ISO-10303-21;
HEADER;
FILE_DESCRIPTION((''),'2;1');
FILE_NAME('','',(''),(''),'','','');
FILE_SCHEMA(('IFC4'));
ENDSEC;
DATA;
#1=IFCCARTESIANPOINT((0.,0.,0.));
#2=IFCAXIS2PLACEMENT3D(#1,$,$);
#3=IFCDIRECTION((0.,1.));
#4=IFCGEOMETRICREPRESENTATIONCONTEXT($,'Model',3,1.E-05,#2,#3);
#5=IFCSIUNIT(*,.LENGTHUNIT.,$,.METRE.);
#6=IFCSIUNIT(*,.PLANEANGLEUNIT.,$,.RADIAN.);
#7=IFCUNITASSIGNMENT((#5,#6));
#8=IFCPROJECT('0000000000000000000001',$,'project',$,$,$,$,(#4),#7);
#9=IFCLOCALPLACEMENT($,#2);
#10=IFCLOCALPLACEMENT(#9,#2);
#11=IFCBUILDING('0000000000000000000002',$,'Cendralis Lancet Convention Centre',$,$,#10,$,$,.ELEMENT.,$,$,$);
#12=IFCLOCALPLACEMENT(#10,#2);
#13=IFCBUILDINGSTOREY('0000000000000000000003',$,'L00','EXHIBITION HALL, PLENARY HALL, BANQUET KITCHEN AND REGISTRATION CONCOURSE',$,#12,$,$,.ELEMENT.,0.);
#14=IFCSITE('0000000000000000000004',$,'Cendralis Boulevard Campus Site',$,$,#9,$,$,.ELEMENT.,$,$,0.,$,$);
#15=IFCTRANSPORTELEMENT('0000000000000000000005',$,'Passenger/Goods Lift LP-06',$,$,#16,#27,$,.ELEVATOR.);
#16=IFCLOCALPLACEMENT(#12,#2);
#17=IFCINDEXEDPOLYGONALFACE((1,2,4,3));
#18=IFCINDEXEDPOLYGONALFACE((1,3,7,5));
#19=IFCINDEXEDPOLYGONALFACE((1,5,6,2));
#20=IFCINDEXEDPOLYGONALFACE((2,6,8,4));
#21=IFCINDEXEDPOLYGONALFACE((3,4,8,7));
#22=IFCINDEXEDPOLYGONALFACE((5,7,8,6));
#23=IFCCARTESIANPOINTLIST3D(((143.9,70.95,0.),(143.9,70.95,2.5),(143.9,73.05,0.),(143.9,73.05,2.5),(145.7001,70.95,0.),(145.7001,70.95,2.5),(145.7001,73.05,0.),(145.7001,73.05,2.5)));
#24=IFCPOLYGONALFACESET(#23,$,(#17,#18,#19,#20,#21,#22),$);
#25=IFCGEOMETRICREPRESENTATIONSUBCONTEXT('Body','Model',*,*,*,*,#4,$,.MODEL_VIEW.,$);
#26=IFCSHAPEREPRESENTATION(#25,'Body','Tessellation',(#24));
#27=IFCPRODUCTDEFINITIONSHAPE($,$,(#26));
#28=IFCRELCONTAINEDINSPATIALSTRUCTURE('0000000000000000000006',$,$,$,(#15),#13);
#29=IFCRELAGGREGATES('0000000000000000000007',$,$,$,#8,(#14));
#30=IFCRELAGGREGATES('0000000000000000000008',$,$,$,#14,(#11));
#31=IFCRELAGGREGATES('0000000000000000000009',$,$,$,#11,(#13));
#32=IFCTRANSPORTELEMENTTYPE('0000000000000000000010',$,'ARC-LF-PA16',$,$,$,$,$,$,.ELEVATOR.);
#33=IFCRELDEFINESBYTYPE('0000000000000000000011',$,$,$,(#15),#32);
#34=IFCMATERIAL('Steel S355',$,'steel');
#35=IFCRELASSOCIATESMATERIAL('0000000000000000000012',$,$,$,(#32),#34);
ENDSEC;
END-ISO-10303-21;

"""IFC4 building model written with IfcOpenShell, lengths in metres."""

from ifc_helpers import new_model, si_unit, direction, frame, origin, origin_2d, place, context, subcontext, project, spatial, rectangle, extrude, material, type_object, element, save


model = new_model("IFC4")

# Units and contexts
model_context = context("Model", 3, precision=1e-05, world=origin(), true_north=direction((0.0, 1.0)))
body_context = subcontext(model_context, "Body", "Model", "MODEL_VIEW")
ifc_project = project(units=[si_unit("LENGTHUNIT", "METRE"), si_unit("PLANEANGLEUNIT", "RADIAN")], contexts=[model_context])

# Site, building, storey
site_placement = place(None, origin())
site = spatial("IfcSite", under=ifc_project, at=site_placement, Name="Cendralis Boulevard Campus Site", CompositionType="ELEMENT", RefElevation=0.0)
building_placement = place(site_placement, origin())
building = spatial("IfcBuilding", under=site, at=building_placement, Name="Cendralis Lancet Convention Centre", CompositionType="ELEMENT")
storey_placement = place(building_placement, origin())
storey = spatial("IfcBuildingStorey", under=building, at=storey_placement, Name="L00", Description="EXHIBITION HALL, PLENARY HALL, BANQUET KITCHEN AND REGISTRATION CONCOURSE", CompositionType="ELEMENT", Elevation=0.0)

# Shared definitions
ifc_material_1 = material(Name="Steel S355", Category="steel")

# Transport element
transport_element_type = type_object("IfcTransportElementType", Name="ARC-LF-PA16", PredefinedType="ELEVATOR", material=ifc_material_1)
transport_element_placement = place(storey_placement, frame((144.8, 72.0, 0.0), z_axis=(0.0, 0.0, 1.0), x_axis=(1.0, 0.0, 0.0)))
element("IfcTransportElement", 1, at=transport_element_placement, inside=storey, type_object=transport_element_type, Name="Passenger/Goods Lift LP-06", PredefinedType="ELEVATOR", context=body_context, shape_type="SweptSolid", body=[
    extrude(rectangle(XDim=1.8, YDim=2.1001, at=origin_2d()), origin(), (0.0, 0.0, 1.0), 2.5),
])

save(model, "model.ifc")
